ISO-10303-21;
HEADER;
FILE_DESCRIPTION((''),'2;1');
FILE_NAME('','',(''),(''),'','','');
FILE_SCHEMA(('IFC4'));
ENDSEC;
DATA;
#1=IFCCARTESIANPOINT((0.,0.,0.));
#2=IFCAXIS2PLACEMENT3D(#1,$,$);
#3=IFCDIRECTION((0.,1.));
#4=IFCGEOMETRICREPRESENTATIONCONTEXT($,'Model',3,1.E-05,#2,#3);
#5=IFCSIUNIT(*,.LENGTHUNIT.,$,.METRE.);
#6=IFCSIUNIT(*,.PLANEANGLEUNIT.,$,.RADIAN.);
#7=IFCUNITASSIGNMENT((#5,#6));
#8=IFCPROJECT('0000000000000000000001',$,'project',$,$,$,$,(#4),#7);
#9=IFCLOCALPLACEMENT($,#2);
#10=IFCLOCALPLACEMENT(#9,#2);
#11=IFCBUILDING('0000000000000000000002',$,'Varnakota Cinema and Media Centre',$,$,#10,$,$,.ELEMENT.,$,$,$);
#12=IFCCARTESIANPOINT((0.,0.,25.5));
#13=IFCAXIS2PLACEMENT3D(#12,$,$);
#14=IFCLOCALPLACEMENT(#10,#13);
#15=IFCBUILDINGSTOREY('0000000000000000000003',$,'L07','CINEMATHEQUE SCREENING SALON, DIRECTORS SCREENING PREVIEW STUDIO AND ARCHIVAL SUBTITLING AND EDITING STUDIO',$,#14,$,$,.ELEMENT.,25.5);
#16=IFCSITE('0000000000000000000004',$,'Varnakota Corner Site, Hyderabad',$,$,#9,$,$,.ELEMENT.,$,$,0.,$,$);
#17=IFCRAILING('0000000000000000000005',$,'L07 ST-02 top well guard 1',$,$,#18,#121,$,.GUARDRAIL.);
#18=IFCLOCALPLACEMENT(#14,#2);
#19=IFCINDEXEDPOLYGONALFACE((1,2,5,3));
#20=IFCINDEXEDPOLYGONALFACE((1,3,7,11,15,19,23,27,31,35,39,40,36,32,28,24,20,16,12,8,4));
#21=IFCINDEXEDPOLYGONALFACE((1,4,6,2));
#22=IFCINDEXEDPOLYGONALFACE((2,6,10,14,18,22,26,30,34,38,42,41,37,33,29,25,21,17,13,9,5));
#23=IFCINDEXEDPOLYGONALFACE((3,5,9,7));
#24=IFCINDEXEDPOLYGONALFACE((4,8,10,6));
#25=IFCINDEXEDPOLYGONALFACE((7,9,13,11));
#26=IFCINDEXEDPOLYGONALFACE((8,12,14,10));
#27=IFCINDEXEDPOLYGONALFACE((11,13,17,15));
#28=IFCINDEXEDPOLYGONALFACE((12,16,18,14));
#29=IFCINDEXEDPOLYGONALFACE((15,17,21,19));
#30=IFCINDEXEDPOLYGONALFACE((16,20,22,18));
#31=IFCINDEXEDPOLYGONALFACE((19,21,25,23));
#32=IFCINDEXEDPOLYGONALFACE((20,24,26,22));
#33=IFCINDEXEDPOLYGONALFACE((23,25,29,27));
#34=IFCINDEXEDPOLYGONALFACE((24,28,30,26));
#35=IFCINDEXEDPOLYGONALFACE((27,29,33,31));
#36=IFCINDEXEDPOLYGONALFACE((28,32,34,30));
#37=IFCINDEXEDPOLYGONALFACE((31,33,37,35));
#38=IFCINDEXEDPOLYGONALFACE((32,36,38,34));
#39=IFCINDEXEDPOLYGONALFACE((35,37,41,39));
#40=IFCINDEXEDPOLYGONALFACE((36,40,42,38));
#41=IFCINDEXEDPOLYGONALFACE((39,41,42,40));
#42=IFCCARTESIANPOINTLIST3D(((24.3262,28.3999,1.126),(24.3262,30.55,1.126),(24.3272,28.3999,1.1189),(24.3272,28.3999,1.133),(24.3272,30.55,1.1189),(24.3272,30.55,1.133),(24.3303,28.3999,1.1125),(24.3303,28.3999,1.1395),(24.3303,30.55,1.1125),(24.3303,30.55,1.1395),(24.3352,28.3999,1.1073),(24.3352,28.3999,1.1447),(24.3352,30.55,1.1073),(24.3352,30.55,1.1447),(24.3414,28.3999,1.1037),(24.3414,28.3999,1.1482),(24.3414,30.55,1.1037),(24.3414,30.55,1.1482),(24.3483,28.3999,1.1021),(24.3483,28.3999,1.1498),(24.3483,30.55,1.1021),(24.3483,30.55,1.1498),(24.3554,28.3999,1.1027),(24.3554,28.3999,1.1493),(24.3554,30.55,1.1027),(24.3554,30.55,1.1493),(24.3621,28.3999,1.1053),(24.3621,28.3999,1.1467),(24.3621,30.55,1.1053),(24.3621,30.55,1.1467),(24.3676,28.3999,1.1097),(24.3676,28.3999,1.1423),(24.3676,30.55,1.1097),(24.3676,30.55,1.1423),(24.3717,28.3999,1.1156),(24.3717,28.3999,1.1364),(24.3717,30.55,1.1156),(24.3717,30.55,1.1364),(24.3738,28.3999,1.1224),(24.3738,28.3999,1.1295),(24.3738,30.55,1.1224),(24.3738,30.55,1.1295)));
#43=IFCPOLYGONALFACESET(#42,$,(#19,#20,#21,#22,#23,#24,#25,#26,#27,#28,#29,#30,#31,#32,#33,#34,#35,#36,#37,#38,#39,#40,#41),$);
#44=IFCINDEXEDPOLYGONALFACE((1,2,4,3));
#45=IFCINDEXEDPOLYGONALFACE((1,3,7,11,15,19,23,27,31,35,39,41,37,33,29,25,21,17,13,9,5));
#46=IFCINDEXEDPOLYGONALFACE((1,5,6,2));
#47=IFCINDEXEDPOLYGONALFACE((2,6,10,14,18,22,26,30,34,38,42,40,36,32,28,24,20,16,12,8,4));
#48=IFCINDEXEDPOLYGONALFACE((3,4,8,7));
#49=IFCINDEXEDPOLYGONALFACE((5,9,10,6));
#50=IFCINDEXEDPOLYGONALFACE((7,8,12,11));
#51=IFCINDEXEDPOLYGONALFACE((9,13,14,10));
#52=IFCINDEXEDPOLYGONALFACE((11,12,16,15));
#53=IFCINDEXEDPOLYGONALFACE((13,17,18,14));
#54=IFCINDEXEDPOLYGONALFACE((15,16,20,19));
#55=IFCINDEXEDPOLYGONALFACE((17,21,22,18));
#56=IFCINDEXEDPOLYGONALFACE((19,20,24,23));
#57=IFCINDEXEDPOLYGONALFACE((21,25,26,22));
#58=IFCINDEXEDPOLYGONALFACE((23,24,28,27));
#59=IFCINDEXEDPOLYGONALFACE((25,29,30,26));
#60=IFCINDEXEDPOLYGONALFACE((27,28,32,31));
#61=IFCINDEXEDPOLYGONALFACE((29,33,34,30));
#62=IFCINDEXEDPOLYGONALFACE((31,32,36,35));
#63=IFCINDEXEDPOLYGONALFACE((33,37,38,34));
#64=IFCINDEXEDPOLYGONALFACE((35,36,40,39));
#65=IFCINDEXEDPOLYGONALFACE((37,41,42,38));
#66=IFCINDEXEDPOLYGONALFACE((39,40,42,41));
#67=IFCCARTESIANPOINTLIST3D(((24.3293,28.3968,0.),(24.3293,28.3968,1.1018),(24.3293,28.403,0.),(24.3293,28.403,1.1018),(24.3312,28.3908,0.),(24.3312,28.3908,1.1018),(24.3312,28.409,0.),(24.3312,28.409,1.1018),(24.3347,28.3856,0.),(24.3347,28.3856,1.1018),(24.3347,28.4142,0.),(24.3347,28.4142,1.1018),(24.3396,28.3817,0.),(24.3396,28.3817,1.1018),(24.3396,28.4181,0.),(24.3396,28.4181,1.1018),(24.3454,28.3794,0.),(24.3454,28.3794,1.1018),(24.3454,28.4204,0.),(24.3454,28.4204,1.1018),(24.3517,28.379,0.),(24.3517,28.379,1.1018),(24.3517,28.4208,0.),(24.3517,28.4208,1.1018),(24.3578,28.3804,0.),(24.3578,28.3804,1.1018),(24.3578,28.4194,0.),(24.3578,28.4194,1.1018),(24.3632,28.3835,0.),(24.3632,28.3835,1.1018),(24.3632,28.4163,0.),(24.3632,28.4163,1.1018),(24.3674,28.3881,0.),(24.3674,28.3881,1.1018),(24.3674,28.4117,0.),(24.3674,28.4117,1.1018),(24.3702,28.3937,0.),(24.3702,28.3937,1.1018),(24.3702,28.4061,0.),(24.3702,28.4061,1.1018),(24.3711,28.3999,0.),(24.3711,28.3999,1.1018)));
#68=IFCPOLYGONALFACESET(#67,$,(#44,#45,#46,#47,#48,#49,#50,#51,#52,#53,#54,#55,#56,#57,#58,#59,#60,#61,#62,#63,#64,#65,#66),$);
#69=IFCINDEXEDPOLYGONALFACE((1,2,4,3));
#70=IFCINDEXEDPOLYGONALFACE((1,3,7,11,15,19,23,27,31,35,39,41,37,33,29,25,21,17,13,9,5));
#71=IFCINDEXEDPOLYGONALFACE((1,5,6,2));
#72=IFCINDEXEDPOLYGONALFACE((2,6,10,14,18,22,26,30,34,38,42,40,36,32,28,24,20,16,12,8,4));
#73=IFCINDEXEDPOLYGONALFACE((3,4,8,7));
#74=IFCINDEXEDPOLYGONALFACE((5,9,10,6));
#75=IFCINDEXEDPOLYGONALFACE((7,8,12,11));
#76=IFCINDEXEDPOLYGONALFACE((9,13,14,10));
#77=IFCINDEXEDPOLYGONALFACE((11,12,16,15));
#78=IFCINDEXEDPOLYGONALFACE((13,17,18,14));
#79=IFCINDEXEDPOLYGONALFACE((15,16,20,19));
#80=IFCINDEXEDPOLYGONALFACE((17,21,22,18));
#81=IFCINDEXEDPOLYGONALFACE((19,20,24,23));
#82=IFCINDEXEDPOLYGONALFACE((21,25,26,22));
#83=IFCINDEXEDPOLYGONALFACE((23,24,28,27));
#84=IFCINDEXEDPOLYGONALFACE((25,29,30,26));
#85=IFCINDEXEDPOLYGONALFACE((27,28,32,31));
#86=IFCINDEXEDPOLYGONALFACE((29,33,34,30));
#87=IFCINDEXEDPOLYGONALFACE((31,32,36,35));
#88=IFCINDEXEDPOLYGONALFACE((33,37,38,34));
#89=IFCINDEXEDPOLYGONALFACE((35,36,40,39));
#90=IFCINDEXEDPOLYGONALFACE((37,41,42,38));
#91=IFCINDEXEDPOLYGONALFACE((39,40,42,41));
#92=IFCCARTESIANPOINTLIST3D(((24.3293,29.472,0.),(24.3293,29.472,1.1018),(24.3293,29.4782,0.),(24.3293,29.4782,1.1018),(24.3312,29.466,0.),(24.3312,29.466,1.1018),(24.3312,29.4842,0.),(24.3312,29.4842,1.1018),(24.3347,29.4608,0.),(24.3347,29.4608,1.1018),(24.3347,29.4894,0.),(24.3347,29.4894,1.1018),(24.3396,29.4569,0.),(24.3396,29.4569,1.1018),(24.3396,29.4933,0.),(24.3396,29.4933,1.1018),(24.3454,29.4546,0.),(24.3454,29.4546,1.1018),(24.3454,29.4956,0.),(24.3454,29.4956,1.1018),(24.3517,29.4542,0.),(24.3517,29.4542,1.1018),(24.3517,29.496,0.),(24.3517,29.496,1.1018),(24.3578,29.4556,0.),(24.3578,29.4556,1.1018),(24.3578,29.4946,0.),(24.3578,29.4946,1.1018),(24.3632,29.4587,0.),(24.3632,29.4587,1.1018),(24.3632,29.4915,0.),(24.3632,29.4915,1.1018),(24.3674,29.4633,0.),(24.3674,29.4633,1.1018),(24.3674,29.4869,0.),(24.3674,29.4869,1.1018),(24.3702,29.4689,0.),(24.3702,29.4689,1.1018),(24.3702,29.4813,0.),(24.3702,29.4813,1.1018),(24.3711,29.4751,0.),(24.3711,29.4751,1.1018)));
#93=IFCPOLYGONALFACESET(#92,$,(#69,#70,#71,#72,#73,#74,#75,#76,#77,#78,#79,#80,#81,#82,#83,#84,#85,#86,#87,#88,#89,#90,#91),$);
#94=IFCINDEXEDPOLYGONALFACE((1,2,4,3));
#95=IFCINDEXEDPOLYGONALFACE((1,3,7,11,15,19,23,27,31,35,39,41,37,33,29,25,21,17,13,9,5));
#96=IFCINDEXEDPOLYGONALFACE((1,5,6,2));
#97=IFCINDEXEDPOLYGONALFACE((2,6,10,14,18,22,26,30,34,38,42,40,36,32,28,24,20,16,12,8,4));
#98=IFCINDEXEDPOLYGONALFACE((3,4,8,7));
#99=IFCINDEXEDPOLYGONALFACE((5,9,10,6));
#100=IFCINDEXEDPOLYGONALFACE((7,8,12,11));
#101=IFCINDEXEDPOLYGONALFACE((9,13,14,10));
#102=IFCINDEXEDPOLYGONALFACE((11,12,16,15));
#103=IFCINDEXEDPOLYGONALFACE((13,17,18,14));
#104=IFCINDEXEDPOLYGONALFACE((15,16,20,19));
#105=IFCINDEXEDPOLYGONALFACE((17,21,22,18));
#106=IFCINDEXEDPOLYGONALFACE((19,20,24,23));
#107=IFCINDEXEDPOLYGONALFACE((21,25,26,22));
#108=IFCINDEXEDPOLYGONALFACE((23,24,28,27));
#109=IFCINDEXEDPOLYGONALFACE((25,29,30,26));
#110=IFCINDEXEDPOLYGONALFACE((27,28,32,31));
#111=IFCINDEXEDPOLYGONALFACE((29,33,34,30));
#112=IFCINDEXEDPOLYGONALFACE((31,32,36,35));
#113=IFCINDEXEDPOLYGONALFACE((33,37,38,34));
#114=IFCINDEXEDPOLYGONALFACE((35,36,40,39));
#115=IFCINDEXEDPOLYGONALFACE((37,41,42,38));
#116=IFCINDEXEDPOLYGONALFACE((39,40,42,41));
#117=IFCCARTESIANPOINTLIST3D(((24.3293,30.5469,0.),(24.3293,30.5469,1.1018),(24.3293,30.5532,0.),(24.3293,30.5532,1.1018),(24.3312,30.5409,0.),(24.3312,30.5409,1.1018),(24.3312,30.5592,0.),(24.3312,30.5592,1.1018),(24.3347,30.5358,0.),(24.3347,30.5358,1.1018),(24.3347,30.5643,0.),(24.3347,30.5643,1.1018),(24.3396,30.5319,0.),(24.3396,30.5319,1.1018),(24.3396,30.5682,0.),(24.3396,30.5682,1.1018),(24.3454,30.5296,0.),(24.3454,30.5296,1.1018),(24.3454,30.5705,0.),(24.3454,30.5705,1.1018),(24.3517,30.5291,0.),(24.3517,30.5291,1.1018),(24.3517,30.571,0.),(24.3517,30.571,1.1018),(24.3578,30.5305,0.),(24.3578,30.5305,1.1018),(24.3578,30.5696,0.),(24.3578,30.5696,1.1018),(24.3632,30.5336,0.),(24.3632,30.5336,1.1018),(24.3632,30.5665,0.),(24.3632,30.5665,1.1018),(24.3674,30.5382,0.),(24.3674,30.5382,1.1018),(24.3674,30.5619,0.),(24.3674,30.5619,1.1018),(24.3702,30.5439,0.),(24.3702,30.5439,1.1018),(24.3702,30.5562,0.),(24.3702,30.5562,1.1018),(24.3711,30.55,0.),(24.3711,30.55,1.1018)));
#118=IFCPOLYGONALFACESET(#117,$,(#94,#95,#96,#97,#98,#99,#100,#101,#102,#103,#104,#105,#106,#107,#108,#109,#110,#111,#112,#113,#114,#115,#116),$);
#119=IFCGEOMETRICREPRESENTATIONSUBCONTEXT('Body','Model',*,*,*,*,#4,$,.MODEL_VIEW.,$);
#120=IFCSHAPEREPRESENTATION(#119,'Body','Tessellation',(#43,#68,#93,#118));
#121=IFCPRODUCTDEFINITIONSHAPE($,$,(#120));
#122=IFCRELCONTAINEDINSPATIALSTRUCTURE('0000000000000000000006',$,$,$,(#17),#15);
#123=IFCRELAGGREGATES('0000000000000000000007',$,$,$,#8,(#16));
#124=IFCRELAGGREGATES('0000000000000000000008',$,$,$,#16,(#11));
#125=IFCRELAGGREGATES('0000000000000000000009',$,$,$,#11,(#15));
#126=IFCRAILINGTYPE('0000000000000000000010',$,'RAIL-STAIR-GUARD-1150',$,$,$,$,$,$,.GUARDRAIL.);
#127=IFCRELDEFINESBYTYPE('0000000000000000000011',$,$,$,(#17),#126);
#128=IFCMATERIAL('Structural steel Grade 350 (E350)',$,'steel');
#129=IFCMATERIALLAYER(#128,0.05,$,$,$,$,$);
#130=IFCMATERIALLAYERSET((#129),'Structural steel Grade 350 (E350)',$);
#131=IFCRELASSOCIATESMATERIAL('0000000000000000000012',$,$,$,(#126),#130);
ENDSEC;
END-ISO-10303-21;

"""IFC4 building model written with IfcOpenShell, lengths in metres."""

from ifc_helpers import new_model, si_unit, direction, frame, origin, origin_2d, place, context, subcontext, project, spatial, circle, extrude, material, layer, layer_set, type_object, element, save


model = new_model("IFC4")

# Units and contexts
model_context = context("Model", 3, precision=1e-05, world=origin(), true_north=direction((0.0, 1.0)))
body_context = subcontext(model_context, "Body", "Model", "MODEL_VIEW")
ifc_project = project(units=[si_unit("LENGTHUNIT", "METRE"), si_unit("PLANEANGLEUNIT", "RADIAN")], contexts=[model_context])

# Site, building, storey
site_placement = place(None, origin())
site = spatial("IfcSite", under=ifc_project, at=site_placement, Name="Varnakota Corner Site, Hyderabad", CompositionType="ELEMENT", RefElevation=0.0)
building_placement = place(site_placement, origin())
building = spatial("IfcBuilding", under=site, at=building_placement, Name="Varnakota Cinema and Media Centre", CompositionType="ELEMENT")
storey_placement = place(building_placement, frame((0.0, 0.0, 25.5)))
storey = spatial("IfcBuildingStorey", under=building, at=storey_placement, Name="L07", Description="CINEMATHEQUE SCREENING SALON, DIRECTORS SCREENING PREVIEW STUDIO AND ARCHIVAL SUBTITLING AND EDITING STUDIO", CompositionType="ELEMENT", Elevation=25.5)

# Railing
ifc_material_1 = material(Name="Structural steel Grade 350 (E350)", Category="steel")
ifc_layer_1 = layer(ifc_material_1, 0.05)
ifc_layer_set_1 = layer_set([ifc_layer_1], Name="Structural steel Grade 350 (E350)")
railing_type = type_object("IfcRailingType", Name="RAIL-STAIR-GUARD-1150", PredefinedType="GUARDRAIL", material=ifc_layer_set_1)
railing_placement = place(storey_placement, frame((24.3501, 28.3999, 0.0)))
element("IfcRailing", 1, at=railing_placement, inside=storey, type_object=railing_type, Name="L07 ST-02 top well guard 1", PredefinedType="GUARDRAIL", context=body_context, shape_type="SweptSolid", body=[
    extrude(circle(Radius=0.0239, at=origin_2d()), frame((0.0, 0.0, 1.126), z_axis=(0.0, 1.0, 0.0), x_axis=(-1.0, 0.0, 0.0)), (0.0, 0.0, 1.0), 2.1501),
    extrude(circle(Radius=0.021, at=origin_2d()), origin(), (0.0, 0.0, 1.0), 1.1018),
    extrude(circle(Radius=0.021, at=origin_2d()), frame((0.0, 1.0752, 0.0)), (0.0, 0.0, 1.0), 1.1018),
    extrude(circle(Radius=0.021, at=origin_2d()), frame((0.0, 2.1501, 0.0)), (0.0, 0.0, 1.0), 1.1018),
])

save(model, "model.ifc")
